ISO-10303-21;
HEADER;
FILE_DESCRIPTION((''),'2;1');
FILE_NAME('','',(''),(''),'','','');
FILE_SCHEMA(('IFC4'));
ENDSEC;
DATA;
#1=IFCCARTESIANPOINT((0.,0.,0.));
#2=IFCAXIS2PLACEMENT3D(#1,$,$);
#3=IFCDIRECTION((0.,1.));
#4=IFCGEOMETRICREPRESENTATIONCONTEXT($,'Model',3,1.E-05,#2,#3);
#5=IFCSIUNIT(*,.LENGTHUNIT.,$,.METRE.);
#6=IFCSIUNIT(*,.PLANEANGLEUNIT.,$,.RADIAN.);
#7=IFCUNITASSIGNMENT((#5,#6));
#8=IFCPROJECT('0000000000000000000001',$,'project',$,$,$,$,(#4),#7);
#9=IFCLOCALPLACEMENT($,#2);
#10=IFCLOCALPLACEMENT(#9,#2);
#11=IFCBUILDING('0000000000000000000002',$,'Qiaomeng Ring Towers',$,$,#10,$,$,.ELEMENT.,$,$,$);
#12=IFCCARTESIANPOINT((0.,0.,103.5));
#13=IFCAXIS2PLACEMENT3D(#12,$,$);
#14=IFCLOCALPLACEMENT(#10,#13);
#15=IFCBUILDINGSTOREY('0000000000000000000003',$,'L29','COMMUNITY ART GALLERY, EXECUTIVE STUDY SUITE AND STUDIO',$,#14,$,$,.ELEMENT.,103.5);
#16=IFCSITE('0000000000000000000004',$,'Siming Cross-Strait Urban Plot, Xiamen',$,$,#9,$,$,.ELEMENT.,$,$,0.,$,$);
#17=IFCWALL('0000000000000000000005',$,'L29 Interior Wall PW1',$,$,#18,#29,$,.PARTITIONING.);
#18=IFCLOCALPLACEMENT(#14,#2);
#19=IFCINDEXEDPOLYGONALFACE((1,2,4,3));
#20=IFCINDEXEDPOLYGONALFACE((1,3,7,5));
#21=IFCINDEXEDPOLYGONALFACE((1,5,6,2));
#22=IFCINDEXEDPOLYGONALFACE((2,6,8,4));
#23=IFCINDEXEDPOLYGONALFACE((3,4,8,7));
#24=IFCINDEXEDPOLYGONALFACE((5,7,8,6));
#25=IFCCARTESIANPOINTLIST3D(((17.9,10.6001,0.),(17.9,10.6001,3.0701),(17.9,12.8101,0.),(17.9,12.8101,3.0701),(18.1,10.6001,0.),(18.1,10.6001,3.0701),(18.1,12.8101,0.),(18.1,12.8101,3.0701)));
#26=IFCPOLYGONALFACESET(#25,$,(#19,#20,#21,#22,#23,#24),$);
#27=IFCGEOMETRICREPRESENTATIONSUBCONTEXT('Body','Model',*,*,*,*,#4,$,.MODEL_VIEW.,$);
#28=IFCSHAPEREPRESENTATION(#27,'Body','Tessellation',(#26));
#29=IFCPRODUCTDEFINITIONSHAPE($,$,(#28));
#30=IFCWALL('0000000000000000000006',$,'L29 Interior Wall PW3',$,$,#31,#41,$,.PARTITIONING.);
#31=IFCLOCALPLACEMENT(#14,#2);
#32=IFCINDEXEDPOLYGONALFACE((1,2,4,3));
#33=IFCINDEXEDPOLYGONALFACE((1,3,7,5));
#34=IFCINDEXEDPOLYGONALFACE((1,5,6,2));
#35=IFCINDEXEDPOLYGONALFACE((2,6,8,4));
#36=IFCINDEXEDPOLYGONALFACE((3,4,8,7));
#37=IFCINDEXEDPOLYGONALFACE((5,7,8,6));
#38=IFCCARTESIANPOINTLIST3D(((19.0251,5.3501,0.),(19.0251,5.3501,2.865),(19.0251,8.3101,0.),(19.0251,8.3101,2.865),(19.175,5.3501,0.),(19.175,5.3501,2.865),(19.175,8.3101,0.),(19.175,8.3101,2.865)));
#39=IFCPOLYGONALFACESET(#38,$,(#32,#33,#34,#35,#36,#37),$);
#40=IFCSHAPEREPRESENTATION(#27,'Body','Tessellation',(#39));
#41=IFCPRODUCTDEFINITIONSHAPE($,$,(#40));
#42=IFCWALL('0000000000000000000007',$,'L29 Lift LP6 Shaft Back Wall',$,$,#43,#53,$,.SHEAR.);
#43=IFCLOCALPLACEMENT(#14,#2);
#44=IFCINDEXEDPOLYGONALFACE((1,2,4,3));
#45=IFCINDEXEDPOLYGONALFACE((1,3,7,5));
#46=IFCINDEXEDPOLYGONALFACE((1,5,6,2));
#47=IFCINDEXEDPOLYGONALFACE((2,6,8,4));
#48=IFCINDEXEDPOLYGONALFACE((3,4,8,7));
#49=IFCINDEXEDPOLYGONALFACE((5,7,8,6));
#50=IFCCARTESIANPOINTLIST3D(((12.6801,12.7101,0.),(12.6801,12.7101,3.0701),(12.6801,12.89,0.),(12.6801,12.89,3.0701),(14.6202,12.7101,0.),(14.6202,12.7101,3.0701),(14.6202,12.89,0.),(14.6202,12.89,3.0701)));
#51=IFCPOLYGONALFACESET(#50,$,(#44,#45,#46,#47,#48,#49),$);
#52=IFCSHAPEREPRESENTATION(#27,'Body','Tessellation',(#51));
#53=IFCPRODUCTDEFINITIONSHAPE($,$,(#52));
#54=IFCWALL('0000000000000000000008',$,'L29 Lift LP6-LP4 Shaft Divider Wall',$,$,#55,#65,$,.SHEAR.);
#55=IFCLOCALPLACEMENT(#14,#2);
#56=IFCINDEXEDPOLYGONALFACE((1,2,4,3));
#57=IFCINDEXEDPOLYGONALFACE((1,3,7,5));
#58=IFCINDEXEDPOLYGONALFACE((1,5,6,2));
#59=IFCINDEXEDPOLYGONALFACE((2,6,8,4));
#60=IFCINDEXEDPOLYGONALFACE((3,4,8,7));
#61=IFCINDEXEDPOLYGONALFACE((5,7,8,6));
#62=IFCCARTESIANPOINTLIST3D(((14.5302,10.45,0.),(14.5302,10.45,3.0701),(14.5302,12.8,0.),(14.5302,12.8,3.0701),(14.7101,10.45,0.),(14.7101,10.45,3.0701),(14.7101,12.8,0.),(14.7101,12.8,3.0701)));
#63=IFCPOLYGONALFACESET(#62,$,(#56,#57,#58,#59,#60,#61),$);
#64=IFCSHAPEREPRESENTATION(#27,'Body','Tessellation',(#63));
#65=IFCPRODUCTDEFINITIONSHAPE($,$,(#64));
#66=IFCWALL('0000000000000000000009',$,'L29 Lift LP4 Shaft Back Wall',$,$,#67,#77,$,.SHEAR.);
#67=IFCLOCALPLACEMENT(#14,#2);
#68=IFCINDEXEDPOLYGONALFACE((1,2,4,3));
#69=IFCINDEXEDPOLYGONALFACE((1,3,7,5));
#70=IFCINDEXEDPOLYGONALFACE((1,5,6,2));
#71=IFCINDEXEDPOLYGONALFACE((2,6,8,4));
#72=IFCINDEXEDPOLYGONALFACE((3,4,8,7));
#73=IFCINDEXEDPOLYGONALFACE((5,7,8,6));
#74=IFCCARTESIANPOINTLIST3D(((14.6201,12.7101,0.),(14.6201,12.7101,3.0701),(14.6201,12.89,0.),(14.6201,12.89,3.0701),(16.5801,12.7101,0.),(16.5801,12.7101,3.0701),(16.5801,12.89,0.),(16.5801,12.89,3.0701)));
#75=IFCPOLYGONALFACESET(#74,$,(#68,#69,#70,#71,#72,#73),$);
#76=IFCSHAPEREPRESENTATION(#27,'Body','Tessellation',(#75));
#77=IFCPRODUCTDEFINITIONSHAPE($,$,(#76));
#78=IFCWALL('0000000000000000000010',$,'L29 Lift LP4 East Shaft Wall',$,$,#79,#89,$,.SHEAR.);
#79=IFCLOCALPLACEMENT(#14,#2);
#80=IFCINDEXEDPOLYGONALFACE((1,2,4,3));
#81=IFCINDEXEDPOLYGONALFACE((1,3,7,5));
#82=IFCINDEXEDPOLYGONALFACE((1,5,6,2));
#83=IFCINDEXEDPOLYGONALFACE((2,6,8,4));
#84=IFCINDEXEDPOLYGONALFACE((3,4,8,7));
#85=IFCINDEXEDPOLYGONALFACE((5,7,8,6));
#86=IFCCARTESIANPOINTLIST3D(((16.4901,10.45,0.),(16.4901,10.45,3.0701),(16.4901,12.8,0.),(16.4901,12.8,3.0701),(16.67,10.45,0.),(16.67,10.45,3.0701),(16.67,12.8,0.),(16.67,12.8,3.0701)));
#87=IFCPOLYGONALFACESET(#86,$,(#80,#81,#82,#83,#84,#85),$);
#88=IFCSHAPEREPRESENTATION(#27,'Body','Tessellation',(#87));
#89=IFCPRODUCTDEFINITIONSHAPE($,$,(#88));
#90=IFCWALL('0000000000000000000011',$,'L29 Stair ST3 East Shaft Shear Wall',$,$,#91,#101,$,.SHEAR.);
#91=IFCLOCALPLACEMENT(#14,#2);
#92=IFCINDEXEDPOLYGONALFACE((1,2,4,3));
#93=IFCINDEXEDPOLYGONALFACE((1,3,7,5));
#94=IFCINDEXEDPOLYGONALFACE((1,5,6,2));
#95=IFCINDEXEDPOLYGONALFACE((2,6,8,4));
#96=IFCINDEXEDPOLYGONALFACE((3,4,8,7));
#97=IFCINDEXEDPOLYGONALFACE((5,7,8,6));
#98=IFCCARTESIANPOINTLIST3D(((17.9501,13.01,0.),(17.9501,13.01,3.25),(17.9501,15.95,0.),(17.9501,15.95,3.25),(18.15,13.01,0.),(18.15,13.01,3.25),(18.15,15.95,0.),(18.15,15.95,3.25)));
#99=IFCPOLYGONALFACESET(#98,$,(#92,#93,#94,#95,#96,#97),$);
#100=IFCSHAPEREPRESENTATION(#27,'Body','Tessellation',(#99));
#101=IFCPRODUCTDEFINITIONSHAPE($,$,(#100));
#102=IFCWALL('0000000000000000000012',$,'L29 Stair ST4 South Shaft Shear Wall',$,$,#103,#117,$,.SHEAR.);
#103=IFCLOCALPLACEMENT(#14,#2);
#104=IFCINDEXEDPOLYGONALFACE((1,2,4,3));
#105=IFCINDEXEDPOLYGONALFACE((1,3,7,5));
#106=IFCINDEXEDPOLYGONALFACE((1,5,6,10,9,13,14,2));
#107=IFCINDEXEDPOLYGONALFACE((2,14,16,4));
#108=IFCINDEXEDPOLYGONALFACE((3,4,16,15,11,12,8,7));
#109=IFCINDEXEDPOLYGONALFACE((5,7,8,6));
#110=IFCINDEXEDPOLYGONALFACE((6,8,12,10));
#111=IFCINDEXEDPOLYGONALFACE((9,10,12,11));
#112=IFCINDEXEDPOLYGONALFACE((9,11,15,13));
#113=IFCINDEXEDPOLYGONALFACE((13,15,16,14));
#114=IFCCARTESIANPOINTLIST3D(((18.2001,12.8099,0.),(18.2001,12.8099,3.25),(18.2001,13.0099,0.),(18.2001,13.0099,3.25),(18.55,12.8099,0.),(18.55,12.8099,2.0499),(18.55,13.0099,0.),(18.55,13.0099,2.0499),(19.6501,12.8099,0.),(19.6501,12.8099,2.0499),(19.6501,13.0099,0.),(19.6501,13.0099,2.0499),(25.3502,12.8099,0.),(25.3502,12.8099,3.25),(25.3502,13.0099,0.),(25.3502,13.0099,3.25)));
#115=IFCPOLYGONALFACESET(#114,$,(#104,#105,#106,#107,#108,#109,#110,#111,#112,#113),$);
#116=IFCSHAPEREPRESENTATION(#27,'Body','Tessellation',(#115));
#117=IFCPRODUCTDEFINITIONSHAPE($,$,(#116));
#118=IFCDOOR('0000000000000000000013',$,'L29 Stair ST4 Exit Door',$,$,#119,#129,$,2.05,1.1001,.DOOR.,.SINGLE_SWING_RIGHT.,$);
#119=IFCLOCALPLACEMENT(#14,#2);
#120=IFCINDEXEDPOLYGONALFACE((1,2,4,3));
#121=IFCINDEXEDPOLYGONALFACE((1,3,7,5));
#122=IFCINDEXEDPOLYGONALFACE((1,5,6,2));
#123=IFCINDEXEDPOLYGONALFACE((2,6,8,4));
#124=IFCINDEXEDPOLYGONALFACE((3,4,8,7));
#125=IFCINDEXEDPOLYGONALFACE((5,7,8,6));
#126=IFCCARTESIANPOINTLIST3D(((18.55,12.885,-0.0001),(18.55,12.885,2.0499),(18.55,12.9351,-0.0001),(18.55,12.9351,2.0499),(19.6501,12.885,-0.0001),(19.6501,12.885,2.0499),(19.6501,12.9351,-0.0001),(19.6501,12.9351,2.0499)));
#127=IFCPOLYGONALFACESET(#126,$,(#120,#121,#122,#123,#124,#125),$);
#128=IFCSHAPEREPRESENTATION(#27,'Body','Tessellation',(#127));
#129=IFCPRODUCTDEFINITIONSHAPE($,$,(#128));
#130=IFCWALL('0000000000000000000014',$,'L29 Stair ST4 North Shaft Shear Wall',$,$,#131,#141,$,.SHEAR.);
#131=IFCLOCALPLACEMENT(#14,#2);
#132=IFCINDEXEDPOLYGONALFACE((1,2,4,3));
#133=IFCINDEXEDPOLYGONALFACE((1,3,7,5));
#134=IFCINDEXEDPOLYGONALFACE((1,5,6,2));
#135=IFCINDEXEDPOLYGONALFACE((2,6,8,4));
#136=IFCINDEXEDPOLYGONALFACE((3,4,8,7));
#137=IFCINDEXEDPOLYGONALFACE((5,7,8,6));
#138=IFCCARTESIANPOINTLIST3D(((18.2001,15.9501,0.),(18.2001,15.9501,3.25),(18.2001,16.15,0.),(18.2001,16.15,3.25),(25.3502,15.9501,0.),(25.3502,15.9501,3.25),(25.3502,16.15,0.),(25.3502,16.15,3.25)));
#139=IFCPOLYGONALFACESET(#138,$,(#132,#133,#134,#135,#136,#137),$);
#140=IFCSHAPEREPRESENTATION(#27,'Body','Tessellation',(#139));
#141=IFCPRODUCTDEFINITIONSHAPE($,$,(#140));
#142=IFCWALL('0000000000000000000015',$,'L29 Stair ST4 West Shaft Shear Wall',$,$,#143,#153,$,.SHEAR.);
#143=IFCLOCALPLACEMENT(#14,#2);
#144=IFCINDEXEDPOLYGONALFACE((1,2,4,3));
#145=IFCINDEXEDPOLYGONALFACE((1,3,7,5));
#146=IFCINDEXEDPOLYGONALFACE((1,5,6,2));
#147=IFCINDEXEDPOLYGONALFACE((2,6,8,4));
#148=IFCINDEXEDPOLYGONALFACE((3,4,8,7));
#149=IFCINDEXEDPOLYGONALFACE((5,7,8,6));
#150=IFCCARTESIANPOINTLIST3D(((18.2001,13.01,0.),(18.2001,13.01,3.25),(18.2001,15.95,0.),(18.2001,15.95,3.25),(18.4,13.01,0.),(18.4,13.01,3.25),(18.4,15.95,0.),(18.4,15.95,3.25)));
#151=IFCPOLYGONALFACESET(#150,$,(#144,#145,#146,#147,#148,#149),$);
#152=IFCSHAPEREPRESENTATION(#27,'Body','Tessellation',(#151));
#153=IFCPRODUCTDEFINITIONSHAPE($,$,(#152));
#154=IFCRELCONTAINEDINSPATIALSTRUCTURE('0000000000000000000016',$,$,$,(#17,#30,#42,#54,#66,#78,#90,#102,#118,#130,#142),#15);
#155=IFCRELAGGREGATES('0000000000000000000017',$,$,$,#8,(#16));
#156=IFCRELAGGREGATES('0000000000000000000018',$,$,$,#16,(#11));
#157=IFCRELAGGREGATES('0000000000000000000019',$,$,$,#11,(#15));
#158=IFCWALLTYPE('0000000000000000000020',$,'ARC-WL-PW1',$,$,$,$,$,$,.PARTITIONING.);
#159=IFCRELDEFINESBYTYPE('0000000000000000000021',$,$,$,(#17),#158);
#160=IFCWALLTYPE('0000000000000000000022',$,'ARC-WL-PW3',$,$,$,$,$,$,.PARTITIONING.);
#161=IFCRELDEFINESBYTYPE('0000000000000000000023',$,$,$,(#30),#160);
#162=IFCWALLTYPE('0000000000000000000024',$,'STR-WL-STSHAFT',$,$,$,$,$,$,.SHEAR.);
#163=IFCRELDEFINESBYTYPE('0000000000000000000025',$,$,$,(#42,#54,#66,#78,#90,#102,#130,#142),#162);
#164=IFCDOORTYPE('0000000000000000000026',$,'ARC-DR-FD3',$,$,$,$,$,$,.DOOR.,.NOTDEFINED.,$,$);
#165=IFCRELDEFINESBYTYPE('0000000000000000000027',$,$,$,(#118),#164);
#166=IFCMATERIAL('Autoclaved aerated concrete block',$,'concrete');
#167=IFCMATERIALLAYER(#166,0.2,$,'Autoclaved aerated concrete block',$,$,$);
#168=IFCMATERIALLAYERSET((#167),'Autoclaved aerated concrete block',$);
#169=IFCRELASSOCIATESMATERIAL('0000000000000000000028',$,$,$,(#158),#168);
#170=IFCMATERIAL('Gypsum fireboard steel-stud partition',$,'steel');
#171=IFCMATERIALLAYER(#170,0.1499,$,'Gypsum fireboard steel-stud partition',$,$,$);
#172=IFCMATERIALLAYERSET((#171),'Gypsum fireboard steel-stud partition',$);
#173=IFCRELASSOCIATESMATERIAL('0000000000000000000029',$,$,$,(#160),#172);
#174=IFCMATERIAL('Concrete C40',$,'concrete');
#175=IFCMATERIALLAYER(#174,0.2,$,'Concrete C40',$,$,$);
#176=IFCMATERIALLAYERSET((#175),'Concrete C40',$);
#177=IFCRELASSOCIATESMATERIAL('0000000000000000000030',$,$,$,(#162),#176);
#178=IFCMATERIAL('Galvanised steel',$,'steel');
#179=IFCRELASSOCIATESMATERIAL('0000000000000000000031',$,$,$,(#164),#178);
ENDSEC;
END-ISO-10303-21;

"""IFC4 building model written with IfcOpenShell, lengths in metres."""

from ifc_helpers import new_model, si_unit, direction, frame, frame_2d, origin, place, context, subcontext, project, spatial, rectangle, extrude, source, transform, mapped, material, layer, layer_set, type_object, element, fill, save


model = new_model("IFC4")

# Units and contexts
model_context = context("Model", 3, precision=1e-05, world=origin(), true_north=direction((0.0, 1.0)))
body_context = subcontext(model_context, "Body", "Model", "MODEL_VIEW")
ifc_project = project(units=[si_unit("LENGTHUNIT", "METRE"), si_unit("PLANEANGLEUNIT", "RADIAN")], contexts=[model_context])

# Site, building, storey
site_placement = place(None, origin())
site = spatial("IfcSite", under=ifc_project, at=site_placement, Name="Siming Cross-Strait Urban Plot, Xiamen", CompositionType="ELEMENT", RefElevation=0.0)
building_placement = place(site_placement, origin())
building = spatial("IfcBuilding", under=site, at=building_placement, Name="Qiaomeng Ring Towers", CompositionType="ELEMENT")
storey_placement = place(building_placement, frame((0.0, 0.0, 103.5)))
storey = spatial("IfcBuildingStorey", under=building, at=storey_placement, Name="L29", Description="COMMUNITY ART GALLERY, EXECUTIVE STUDY SUITE AND STUDIO", CompositionType="ELEMENT", Elevation=103.5)

# Walls
ifc_material_1 = material(Name="Autoclaved aerated concrete block", Category="concrete")
ifc_layer_1 = layer(ifc_material_1, 0.2, Name="Autoclaved aerated concrete block")
ifc_layer_set_1 = layer_set([ifc_layer_1], Name="Autoclaved aerated concrete block")
wall_type_1 = type_object("IfcWallType", Name="ARC-WL-PW1", PredefinedType="PARTITIONING", material=ifc_layer_set_1)
wall_1_placement = place(storey_placement, frame((18.0, 10.6001, 0.0), z_axis=(0.0, 0.0, 1.0), x_axis=(0.0, 1.0, 0.0)))
element("IfcWall", 1, at=wall_1_placement, inside=storey, type_object=wall_type_1, Name="L29 Interior Wall PW1", PredefinedType="PARTITIONING", context=body_context, shape_type="SweptSolid", body=[
    extrude(rectangle(XDim=2.21, YDim=0.2, at=frame_2d((1.105, 0.0))), origin(), (0.0, 0.0, 1.0), 3.0701),
])
ifc_material_2 = material(Name="Gypsum fireboard steel-stud partition", Category="steel")
ifc_layer_2 = layer(ifc_material_2, 0.1499, Name="Gypsum fireboard steel-stud partition")
ifc_layer_set_2 = layer_set([ifc_layer_2], Name="Gypsum fireboard steel-stud partition")
wall_type_2 = type_object("IfcWallType", Name="ARC-WL-PW3", PredefinedType="PARTITIONING", material=ifc_layer_set_2)
wall_2_placement = place(storey_placement, frame((19.1001, 5.3501, 0.0), z_axis=(0.0, 0.0, 1.0), x_axis=(0.0, 1.0, 0.0)))
element("IfcWall", 2, at=wall_2_placement, inside=storey, type_object=wall_type_2, Name="L29 Interior Wall PW3", PredefinedType="PARTITIONING", context=body_context, shape_type="SweptSolid", body=[
    extrude(rectangle(XDim=2.96, YDim=0.1499, at=frame_2d((1.48, 0.0))), origin(), (0.0, 0.0, 1.0), 2.865),
])
ifc_material_3 = material(Name="Concrete C40", Category="concrete")
ifc_layer_3 = layer(ifc_material_3, 0.2, Name="Concrete C40")
ifc_layer_set_3 = layer_set([ifc_layer_3], Name="Concrete C40")
wall_type_3 = type_object("IfcWallType", Name="STR-WL-STSHAFT", PredefinedType="SHEAR", material=ifc_layer_set_3)
wall_3_placement = place(storey_placement, frame((12.6799, 12.8, 0.0), z_axis=(0.0, 0.0, 1.0), x_axis=(1.0, 0.0, 0.0)))
element("IfcWall", 3, at=wall_3_placement, inside=storey, type_object=wall_type_3, Name="L29 Lift LP6 Shaft Back Wall", PredefinedType="SHEAR", context=body_context, shape_type="SweptSolid", body=[
    extrude(rectangle(XDim=1.9402, YDim=0.1799, at=frame_2d((0.9702, 0.0))), origin(), (0.0, 0.0, 1.0), 3.0701),
])
wall_4_placement = place(storey_placement, frame((14.6201, 10.45, 0.0), z_axis=(0.0, 0.0, 1.0), x_axis=(0.0, 1.0, 0.0)))
element("IfcWall", 4, at=wall_4_placement, inside=storey, type_object=wall_type_3, Name="L29 Lift LP6-LP4 Shaft Divider Wall", PredefinedType="SHEAR", context=body_context, shape_type="SweptSolid", body=[
    extrude(rectangle(XDim=2.3501, YDim=0.1799, at=frame_2d((1.175, 0.0))), origin(), (0.0, 0.0, 1.0), 3.0701),
])
wall_5_placement = place(storey_placement, frame((14.6201, 12.8, 0.0), z_axis=(0.0, 0.0, 1.0), x_axis=(1.0, 0.0, 0.0)))
element("IfcWall", 5, at=wall_5_placement, inside=storey, type_object=wall_type_3, Name="L29 Lift LP4 Shaft Back Wall", PredefinedType="SHEAR", context=body_context, shape_type="SweptSolid", body=[
    extrude(rectangle(XDim=1.96, YDim=0.1799, at=frame_2d((0.98, 0.0))), origin(), (0.0, 0.0, 1.0), 3.0701),
])
wall_6_placement = place(storey_placement, frame((16.5801, 10.45, 0.0), z_axis=(0.0, 0.0, 1.0), x_axis=(0.0, 1.0, 0.0)))
element("IfcWall", 6, at=wall_6_placement, inside=storey, type_object=wall_type_3, Name="L29 Lift LP4 East Shaft Wall", PredefinedType="SHEAR", context=body_context, shape_type="SweptSolid", body=[
    extrude(rectangle(XDim=2.3501, YDim=0.1799, at=frame_2d((1.175, 0.0))), origin(), (0.0, 0.0, 1.0), 3.0701),
])
wall_7_placement = place(storey_placement, frame((18.05, 13.01, 0.0), z_axis=(0.0, 0.0, 1.0), x_axis=(0.0, 1.0, 0.0)))
element("IfcWall", 7, at=wall_7_placement, inside=storey, type_object=wall_type_3, Name="L29 Stair ST3 East Shaft Shear Wall", PredefinedType="SHEAR", context=body_context, shape_type="SweptSolid", body=[
    extrude(rectangle(XDim=2.9399, YDim=0.2, at=frame_2d((1.47, 0.0))), origin(), (0.0, 0.0, 1.0), 3.25),
])

# Wall, opening, door
wall_8_placement = place(storey_placement, frame((18.2, 12.9099, 0.0), z_axis=(0.0, 0.0, 1.0), x_axis=(1.0, 0.0, 0.0)))
wall_8 = element("IfcWall", 8, at=wall_8_placement, inside=storey, type_object=wall_type_3, Name="L29 Stair ST4 South Shaft Shear Wall", PredefinedType="SHEAR", context=body_context, shape_type="SweptSolid", body=[
    extrude(rectangle(XDim=7.1501, YDim=0.2, at=frame_2d((3.5752, 0.0))), origin(), (0.0, 0.0, 1.0), 3.25),
])
opening_placement = place(wall_8_placement, frame((0.3501, 0.0, 0.0)))
opening = element("IfcOpeningElement", 9, at=opening_placement, cuts=wall_8, PredefinedType="OPENING", context=body_context, shape_type="SweptSolid", body=[
    extrude(rectangle(XDim=1.1001, YDim=2.05, at=frame_2d((0.55, 1.0249))), frame((0.0, 0.1099, 0.0), z_axis=(0.0, -1.0, 0.0), x_axis=(1.0, 0.0, 0.0)), (0.0, 0.0, 1.0), 0.22),
])
ifc_material_4 = material(Name="Galvanised steel", Category="steel")
door_type = type_object("IfcDoorType", Name="ARC-DR-FD3", OperationType="NOTDEFINED", PredefinedType="DOOR", material=ifc_material_4)
shared_shape_1 = source(origin(), body_context, "Body", "SweptSolid", [
    extrude(rectangle(XDim=1.1001, YDim=2.05, at=frame_2d((0.55, 1.0249))), frame((0.0, 0.0249, 0.0), z_axis=(0.0, -1.0, 0.0), x_axis=(1.0, 0.0, 0.0)), (0.0, 0.0, 1.0), 0.05),
])
door_placement = place(opening_placement, frame((1.1001, 0.0, 0.0), z_axis=(0.0, 0.0, 1.0), x_axis=(-1.0, 0.0, 0.0)))
door = element("IfcDoor", 10, at=door_placement, inside=storey, type_object=door_type, Name="L29 Stair ST4 Exit Door", OperationType="SINGLE_SWING_RIGHT", OverallHeight=2.05, OverallWidth=1.1001, PredefinedType="DOOR", context=body_context, shape_type="MappedRepresentation", body=[
    mapped(shared_shape_1, transform((0.0, 0.0, 0.0), x_axis=(1.0, 0.0, 0.0), y_axis=(0.0, 1.0, 0.0), z_axis=(0.0, 0.0, 1.0), scale=1.0)),
])
fill(opening, door)

# Walls
wall_9_placement = place(storey_placement, frame((18.2, 16.05, 0.0), z_axis=(0.0, 0.0, 1.0), x_axis=(1.0, 0.0, 0.0)))
element("IfcWall", 11, at=wall_9_placement, inside=storey, type_object=wall_type_3, Name="L29 Stair ST4 North Shaft Shear Wall", PredefinedType="SHEAR", context=body_context, shape_type="SweptSolid", body=[
    extrude(rectangle(XDim=7.1501, YDim=0.2, at=frame_2d((3.5752, 0.0))), origin(), (0.0, 0.0, 1.0), 3.25),
])
wall_10_placement = place(storey_placement, frame((18.3, 13.01, 0.0), z_axis=(0.0, 0.0, 1.0), x_axis=(0.0, 1.0, 0.0)))
element("IfcWall", 12, at=wall_10_placement, inside=storey, type_object=wall_type_3, Name="L29 Stair ST4 West Shaft Shear Wall", PredefinedType="SHEAR", context=body_context, shape_type="SweptSolid", body=[
    extrude(rectangle(XDim=2.9399, YDim=0.2, at=frame_2d((1.47, 0.0))), origin(), (0.0, 0.0, 1.0), 3.25),
])

save(model, "model.ifc")
